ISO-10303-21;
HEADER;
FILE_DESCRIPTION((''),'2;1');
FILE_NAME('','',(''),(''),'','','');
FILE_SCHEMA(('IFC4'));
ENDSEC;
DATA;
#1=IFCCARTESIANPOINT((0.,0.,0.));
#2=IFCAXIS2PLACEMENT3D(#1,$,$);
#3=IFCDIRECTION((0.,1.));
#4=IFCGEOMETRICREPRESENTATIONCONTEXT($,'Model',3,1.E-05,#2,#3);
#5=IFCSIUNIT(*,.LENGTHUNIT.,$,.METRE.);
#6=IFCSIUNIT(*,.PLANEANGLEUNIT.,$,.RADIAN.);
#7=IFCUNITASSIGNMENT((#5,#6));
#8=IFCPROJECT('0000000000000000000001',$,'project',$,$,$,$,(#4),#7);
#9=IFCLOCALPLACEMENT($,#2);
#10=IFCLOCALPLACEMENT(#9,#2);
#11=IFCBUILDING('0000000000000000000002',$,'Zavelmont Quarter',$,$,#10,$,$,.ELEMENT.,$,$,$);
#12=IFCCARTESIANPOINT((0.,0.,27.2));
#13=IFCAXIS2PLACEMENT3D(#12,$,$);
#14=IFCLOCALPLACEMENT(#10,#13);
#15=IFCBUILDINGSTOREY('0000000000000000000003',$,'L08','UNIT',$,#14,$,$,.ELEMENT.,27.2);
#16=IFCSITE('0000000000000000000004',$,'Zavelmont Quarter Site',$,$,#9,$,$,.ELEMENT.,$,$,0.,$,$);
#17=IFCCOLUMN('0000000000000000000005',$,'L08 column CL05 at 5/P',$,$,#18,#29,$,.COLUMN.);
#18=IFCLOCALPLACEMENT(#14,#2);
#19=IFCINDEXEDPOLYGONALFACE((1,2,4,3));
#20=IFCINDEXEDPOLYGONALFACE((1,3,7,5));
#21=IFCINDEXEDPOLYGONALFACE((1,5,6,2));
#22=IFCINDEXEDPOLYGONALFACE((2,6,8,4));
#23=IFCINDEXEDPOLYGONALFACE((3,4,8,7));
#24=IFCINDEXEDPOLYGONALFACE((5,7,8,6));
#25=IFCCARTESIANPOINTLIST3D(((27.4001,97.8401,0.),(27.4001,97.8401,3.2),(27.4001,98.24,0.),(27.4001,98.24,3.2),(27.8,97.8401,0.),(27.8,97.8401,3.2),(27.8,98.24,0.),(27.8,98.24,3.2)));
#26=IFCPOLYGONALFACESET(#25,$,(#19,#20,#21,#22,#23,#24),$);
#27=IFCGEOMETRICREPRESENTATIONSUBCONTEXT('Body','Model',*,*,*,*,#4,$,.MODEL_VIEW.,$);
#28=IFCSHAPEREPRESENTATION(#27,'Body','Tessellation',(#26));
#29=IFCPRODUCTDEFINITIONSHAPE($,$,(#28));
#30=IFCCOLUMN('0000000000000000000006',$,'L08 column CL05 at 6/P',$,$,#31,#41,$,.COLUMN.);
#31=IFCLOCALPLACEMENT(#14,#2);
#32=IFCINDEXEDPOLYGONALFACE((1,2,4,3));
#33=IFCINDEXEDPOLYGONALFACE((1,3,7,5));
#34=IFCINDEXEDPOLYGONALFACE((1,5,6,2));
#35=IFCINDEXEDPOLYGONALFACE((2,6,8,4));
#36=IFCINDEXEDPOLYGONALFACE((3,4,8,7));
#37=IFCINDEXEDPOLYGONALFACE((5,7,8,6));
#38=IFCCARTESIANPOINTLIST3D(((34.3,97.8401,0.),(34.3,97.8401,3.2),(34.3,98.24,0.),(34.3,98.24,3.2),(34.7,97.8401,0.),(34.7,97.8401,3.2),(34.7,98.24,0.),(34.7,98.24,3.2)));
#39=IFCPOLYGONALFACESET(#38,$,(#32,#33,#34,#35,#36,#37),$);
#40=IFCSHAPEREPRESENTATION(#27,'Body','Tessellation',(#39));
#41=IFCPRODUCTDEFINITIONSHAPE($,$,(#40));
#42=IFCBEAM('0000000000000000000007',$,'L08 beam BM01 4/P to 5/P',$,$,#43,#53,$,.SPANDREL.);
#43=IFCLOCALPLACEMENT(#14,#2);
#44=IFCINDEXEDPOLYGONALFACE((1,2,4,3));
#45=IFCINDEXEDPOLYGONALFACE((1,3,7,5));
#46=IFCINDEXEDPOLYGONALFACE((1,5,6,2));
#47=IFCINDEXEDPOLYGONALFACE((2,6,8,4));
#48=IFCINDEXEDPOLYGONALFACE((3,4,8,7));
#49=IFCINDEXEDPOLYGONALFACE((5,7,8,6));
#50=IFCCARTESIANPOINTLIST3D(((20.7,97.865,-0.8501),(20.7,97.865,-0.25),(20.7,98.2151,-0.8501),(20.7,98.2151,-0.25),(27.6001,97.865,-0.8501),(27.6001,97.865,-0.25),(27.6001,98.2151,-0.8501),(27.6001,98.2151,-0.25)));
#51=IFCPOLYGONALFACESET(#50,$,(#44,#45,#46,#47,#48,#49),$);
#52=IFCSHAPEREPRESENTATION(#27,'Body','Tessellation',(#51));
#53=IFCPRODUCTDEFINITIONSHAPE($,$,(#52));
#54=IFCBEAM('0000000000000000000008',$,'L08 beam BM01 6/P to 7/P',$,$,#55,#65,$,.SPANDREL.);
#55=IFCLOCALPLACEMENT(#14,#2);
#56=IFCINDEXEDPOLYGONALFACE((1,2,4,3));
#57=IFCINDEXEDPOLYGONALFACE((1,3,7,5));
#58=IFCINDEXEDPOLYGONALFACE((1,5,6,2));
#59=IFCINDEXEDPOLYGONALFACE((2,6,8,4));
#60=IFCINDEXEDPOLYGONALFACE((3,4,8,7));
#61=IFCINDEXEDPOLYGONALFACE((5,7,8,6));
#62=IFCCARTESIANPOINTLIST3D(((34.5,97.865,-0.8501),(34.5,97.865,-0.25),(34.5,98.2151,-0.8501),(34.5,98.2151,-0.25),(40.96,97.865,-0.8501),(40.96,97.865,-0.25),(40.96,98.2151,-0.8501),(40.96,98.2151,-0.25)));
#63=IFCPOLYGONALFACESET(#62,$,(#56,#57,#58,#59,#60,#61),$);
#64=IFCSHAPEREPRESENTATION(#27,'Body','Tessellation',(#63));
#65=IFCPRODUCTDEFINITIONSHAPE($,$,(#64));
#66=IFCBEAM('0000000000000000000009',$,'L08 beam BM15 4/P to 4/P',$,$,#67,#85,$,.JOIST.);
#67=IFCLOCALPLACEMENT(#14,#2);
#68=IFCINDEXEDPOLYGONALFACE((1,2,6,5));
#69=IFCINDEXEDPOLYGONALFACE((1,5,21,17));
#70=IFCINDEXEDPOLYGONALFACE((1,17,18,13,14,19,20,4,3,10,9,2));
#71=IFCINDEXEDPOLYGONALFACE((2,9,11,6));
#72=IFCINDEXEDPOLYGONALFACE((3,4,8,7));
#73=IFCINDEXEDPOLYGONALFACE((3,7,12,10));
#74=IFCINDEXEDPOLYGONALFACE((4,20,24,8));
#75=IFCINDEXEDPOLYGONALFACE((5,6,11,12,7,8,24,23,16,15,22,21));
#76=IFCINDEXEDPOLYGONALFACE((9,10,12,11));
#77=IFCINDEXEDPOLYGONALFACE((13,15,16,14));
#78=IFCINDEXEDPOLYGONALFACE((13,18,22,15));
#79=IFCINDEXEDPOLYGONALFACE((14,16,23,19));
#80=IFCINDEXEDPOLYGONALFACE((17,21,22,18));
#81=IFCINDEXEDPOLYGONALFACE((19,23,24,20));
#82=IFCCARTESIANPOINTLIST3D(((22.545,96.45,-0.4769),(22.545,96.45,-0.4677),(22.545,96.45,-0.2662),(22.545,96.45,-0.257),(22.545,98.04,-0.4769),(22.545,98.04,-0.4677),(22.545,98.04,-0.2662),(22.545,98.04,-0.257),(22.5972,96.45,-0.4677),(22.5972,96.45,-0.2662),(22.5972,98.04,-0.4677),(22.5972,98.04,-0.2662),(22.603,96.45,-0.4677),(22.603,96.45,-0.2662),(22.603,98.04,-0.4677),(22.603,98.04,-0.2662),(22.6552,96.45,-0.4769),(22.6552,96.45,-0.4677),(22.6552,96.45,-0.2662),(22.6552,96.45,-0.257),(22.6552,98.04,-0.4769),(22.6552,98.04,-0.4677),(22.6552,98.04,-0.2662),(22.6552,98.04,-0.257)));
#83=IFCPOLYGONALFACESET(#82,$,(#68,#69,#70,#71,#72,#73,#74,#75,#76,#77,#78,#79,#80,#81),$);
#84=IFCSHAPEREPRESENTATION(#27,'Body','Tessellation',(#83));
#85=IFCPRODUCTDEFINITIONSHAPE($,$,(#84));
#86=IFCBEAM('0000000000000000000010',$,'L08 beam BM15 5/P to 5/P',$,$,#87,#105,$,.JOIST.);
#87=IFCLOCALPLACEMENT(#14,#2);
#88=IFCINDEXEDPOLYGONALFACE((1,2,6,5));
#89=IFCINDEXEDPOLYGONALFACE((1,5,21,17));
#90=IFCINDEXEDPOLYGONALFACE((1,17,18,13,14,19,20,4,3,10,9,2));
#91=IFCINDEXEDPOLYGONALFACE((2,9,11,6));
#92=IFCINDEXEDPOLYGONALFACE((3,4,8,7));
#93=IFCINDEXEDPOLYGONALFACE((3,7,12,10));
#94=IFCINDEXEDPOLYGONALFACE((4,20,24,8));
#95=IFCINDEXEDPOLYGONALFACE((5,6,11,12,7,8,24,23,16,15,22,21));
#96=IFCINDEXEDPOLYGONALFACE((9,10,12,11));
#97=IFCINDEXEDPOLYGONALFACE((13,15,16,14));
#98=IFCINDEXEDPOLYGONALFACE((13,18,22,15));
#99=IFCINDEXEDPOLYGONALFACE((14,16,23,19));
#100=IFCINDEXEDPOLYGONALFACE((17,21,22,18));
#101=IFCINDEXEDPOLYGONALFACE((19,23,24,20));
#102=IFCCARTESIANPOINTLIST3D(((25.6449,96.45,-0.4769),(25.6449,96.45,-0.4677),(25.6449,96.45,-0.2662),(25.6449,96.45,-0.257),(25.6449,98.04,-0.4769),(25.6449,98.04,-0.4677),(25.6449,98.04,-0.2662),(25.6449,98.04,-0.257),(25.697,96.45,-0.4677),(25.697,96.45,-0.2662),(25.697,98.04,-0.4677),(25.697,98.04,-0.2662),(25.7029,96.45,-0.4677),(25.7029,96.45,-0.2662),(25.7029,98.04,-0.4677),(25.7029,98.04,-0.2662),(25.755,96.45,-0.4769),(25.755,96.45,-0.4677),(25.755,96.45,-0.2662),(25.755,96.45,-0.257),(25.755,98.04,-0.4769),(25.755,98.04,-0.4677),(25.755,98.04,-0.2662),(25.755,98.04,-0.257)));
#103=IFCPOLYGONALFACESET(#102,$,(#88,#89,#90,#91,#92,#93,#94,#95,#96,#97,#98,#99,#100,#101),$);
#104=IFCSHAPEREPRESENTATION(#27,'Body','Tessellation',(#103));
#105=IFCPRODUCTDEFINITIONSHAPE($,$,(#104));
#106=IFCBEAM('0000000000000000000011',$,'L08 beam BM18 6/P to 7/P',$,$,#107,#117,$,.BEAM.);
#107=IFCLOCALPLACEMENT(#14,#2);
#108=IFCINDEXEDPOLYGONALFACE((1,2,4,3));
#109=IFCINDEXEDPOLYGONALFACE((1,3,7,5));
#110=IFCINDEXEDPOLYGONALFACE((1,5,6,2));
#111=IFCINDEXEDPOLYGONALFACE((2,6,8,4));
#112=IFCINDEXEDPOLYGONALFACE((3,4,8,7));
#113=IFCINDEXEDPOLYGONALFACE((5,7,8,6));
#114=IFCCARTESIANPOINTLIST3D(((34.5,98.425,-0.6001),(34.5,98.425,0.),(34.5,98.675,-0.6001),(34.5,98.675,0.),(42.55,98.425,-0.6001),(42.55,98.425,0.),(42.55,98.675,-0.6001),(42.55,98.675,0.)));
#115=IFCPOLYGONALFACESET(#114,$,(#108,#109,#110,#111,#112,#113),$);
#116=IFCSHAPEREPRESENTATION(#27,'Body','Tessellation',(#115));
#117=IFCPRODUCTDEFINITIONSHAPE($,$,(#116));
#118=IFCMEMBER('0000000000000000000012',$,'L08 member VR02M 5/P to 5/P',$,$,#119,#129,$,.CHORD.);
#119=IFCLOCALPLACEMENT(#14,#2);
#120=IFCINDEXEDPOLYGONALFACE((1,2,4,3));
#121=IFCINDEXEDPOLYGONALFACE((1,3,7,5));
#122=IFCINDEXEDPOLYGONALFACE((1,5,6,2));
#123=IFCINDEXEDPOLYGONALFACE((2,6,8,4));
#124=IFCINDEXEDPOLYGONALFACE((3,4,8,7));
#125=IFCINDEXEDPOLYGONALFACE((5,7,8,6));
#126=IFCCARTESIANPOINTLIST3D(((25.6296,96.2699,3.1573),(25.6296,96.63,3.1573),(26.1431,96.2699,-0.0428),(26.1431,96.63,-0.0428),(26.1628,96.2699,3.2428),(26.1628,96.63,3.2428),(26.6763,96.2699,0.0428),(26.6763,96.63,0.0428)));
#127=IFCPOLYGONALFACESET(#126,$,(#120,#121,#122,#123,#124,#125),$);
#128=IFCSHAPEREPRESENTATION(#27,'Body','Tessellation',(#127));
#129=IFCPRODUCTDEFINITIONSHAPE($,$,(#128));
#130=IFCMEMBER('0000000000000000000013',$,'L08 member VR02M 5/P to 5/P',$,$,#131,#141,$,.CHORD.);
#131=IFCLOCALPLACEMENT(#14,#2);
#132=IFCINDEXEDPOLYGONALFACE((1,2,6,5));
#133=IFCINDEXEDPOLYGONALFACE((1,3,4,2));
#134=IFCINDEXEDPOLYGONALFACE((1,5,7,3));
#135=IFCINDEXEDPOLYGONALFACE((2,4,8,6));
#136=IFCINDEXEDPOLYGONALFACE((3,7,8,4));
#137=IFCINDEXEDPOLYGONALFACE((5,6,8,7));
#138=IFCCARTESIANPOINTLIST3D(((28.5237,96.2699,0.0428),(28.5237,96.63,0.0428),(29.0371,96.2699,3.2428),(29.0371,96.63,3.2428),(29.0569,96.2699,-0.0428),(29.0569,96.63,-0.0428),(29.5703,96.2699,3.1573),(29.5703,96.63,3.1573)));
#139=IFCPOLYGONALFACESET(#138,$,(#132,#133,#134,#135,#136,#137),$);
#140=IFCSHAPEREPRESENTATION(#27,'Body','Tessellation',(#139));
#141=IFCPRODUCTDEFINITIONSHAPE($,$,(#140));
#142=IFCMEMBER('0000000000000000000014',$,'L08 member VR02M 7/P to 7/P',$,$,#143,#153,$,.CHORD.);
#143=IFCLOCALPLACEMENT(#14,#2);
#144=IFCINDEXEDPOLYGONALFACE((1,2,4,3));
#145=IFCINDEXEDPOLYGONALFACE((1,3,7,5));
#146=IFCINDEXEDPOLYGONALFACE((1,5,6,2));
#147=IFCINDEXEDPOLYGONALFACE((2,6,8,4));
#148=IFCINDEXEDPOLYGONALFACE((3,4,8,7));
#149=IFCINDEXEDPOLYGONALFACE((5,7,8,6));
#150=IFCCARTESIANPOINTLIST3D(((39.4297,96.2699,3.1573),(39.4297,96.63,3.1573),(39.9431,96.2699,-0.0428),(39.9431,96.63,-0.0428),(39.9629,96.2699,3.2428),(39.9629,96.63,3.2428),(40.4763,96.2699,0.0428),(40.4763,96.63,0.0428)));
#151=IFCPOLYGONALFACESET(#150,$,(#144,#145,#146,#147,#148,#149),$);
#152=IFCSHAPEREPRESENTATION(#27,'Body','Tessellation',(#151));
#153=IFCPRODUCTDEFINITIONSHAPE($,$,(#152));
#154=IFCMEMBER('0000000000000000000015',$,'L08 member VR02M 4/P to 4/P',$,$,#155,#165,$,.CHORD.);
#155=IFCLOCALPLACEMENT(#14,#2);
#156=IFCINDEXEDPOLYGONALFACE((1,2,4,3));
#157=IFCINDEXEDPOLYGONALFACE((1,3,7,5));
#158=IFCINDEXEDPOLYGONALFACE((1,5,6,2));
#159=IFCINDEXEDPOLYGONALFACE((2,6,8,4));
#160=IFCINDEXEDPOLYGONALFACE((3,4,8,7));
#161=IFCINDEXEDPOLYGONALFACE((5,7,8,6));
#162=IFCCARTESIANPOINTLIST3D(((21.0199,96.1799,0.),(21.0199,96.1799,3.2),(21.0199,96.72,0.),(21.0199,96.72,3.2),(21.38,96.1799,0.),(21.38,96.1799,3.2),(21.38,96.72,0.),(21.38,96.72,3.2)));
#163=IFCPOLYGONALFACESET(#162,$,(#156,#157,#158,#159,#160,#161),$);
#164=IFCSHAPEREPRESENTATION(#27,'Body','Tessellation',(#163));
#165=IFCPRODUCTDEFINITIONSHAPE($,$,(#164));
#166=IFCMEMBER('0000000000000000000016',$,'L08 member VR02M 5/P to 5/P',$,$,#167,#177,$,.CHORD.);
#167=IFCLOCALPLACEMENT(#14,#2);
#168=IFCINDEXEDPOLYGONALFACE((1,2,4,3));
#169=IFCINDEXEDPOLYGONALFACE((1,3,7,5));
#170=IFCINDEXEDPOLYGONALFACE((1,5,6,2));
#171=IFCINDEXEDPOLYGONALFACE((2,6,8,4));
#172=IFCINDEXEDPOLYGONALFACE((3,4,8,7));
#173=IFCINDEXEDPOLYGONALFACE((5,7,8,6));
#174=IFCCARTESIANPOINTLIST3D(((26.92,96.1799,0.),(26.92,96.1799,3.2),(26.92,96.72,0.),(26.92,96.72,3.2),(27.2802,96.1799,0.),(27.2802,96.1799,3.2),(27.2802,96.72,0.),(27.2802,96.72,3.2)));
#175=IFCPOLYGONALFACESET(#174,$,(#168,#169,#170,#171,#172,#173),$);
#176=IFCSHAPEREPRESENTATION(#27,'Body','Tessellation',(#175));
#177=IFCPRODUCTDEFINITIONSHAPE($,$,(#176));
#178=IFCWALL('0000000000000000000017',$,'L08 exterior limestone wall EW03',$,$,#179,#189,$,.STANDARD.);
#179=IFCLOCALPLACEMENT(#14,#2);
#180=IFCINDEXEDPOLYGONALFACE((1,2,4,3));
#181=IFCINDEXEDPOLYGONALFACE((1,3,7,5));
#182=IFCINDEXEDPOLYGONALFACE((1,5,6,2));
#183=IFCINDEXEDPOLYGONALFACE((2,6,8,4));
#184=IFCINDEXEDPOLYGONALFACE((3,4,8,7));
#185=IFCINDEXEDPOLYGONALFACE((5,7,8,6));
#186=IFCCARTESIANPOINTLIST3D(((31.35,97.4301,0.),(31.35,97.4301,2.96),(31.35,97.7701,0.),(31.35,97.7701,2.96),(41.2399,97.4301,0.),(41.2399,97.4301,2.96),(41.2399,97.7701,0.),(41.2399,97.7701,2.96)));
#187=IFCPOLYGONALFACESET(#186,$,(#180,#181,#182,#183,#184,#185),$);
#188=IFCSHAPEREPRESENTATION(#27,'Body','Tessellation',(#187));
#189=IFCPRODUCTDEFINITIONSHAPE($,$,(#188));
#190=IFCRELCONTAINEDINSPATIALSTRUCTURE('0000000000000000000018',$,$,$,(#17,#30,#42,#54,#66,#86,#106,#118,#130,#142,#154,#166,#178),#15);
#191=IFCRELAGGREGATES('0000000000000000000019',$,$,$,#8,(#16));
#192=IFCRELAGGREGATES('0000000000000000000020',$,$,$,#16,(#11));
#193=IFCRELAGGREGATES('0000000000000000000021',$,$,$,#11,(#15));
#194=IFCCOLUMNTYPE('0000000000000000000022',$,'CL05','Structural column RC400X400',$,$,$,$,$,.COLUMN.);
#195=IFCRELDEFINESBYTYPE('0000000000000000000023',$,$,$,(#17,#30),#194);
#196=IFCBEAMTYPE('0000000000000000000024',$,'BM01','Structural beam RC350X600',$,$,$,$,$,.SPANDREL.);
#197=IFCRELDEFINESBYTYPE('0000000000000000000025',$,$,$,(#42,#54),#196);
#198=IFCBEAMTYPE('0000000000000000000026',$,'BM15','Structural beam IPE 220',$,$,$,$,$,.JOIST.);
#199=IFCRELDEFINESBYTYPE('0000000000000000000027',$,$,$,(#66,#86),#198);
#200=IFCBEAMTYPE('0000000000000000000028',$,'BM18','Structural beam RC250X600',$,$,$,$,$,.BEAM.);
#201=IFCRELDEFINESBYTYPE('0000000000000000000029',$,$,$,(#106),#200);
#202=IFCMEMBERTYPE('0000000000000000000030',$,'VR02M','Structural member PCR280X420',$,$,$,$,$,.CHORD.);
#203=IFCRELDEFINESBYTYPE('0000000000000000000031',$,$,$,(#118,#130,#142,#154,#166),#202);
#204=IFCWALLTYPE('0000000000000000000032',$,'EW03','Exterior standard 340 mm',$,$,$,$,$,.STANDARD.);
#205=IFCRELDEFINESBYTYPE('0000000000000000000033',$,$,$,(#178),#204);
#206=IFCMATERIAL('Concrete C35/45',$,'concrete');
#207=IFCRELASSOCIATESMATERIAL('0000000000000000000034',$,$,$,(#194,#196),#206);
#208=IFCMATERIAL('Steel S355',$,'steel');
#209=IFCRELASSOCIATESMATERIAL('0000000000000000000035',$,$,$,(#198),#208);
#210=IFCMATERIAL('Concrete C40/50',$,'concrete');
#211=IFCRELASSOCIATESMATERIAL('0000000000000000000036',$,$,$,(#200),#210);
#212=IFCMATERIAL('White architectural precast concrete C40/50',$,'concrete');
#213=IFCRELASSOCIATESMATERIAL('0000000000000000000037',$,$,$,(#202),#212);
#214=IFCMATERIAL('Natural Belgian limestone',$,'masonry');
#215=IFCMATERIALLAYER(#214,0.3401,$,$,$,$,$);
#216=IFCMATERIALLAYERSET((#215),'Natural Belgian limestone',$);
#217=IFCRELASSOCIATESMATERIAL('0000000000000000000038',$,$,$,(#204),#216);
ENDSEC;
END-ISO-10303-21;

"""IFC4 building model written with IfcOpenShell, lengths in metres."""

from ifc_helpers import new_model, si_unit, direction, frame, frame_2d, origin, origin_2d, place, context, subcontext, project, spatial, rectangle, i_section, extrude, material, layer, layer_set, material_profile, profile_set, type_object, element, save


model = new_model("IFC4")

# Units and contexts
model_context = context("Model", 3, precision=1e-05, world=origin(), true_north=direction((0.0, 1.0)))
body_context = subcontext(model_context, "Body", "Model", "MODEL_VIEW")
ifc_project = project(units=[si_unit("LENGTHUNIT", "METRE"), si_unit("PLANEANGLEUNIT", "RADIAN")], contexts=[model_context])

# Site, building, storey
site_placement = place(None, origin())
site = spatial("IfcSite", under=ifc_project, at=site_placement, Name="Zavelmont Quarter Site", CompositionType="ELEMENT", RefElevation=0.0)
building_placement = place(site_placement, origin())
building = spatial("IfcBuilding", under=site, at=building_placement, Name="Zavelmont Quarter", CompositionType="ELEMENT")
storey_placement = place(building_placement, frame((0.0, 0.0, 27.2)))
storey = spatial("IfcBuildingStorey", under=building, at=storey_placement, Name="L08", Description="UNIT", CompositionType="ELEMENT", Elevation=27.2)

# Columns
ifc_material_1 = material(Name="Concrete C35/45", Category="concrete")
ifc_material_profile_1 = material_profile(ifc_material_1, rectangle(XDim=0.3999, YDim=0.3999, at=origin_2d()), Name="RC400X400")
ifc_profile_set_1 = profile_set([ifc_material_profile_1], Name="Concrete C35/45")
column_type = type_object("IfcColumnType", Name="CL05", Description="Structural column RC400X400", PredefinedType="COLUMN", material=ifc_profile_set_1)
for number, where, z_axis, x_axis, name in (
    (1, (27.6001, 98.04, 0.0), (0.0, 0.0, 1.0), (1.0, 0.0, 0.0), "L08 column CL05 at 5/P"),
    (2, (34.5, 98.04, 0.0), (0.0, 0.0, 1.0), (1.0, 0.0, 0.0), "L08 column CL05 at 6/P"),
):
    element("IfcColumn", number, at=place(storey_placement, frame(where, z_axis=z_axis, x_axis=x_axis)), inside=storey, type_object=column_type, Name=name, PredefinedType="COLUMN", context=body_context, shape_type="SweptSolid", body=[
        extrude(rectangle(XDim=0.3999, YDim=0.3999, at=origin_2d()), origin(), (0.0, 0.0, 1.0), 3.2),
    ])

# Beams
ifc_material_profile_2 = material_profile(ifc_material_1, rectangle(XDim=0.3501, YDim=0.6001, at=origin_2d()), Name="RC350X600")
ifc_profile_set_2 = profile_set([ifc_material_profile_2], Name="Concrete C35/45")
beam_type_1 = type_object("IfcBeamType", Name="BM01", Description="Structural beam RC350X600", PredefinedType="SPANDREL", material=ifc_profile_set_2)
beam_1_placement = place(storey_placement, frame((20.7, 98.04, -0.55), z_axis=(1.0, 0.0, 0.0), x_axis=(0.0, 1.0, 0.0)))
element("IfcBeam", 3, at=beam_1_placement, inside=storey, type_object=beam_type_1, Name="L08 beam BM01 4/P to 5/P", PredefinedType="SPANDREL", context=body_context, shape_type="SweptSolid", body=[
    extrude(rectangle(XDim=0.3501, YDim=0.6001, at=origin_2d()), origin(), (0.0, 0.0, 1.0), 6.9001),
])
beam_2_placement = place(storey_placement, frame((34.5, 98.04, -0.55), z_axis=(1.0, 0.0, 0.0), x_axis=(0.0, 1.0, 0.0)))
element("IfcBeam", 4, at=beam_2_placement, inside=storey, type_object=beam_type_1, Name="L08 beam BM01 6/P to 7/P", PredefinedType="SPANDREL", context=body_context, shape_type="SweptSolid", body=[
    extrude(rectangle(XDim=0.3501, YDim=0.6001, at=origin_2d()), origin(), (0.0, 0.0, 1.0), 6.46),
])
ifc_material_2 = material(Name="Steel S355", Category="steel")
ifc_material_profile_3 = material_profile(ifc_material_2, i_section(OverallWidth=0.1101, OverallDepth=0.22, WebThickness=0.0059, FlangeThickness=0.0093, at=origin_2d()), Name="IPE 220")
ifc_profile_set_3 = profile_set([ifc_material_profile_3], Name="Steel S355")
beam_type_2 = type_object("IfcBeamType", Name="BM15", Description="Structural beam IPE 220", PredefinedType="JOIST", material=ifc_profile_set_3)
for number, where, z_axis, x_axis, name in (
    (5, (22.6001, 98.04, -0.3669), (0.0, -1.0, 0.0), (1.0, 0.0, 0.0), "L08 beam BM15 4/P to 4/P"),
    (6, (25.7, 98.04, -0.3669), (0.0, -1.0, 0.0), (1.0, 0.0, 0.0), "L08 beam BM15 5/P to 5/P"),
):
    element("IfcBeam", number, at=place(storey_placement, frame(where, z_axis=z_axis, x_axis=x_axis)), inside=storey, type_object=beam_type_2, Name=name, PredefinedType="JOIST", context=body_context, shape_type="SweptSolid", body=[
        extrude(i_section(OverallWidth=0.1101, OverallDepth=0.22, WebThickness=0.0059, FlangeThickness=0.0093, at=origin_2d()), origin(), (0.0, 0.0, 1.0), 1.5901),
    ])
ifc_material_3 = material(Name="Concrete C40/50", Category="concrete")
ifc_material_profile_4 = material_profile(ifc_material_3, rectangle(XDim=0.25, YDim=0.6001, at=origin_2d()), Name="RC250X600")
ifc_profile_set_4 = profile_set([ifc_material_profile_4], Name="Concrete C40/50")
beam_type_3 = type_object("IfcBeamType", Name="BM18", Description="Structural beam RC250X600", PredefinedType="BEAM", material=ifc_profile_set_4)
beam_3_placement = place(storey_placement, frame((34.5, 98.55, -0.3), z_axis=(1.0, 0.0, 0.0), x_axis=(0.0, 1.0, 0.0)))
element("IfcBeam", 7, at=beam_3_placement, inside=storey, type_object=beam_type_3, Name="L08 beam BM18 6/P to 7/P", PredefinedType="BEAM", context=body_context, shape_type="SweptSolid", body=[
    extrude(rectangle(XDim=0.25, YDim=0.6001, at=origin_2d()), origin(), (0.0, 0.0, 1.0), 8.05),
])

# Members
ifc_material_4 = material(Name="White architectural precast concrete C40/50", Category="concrete")
ifc_material_profile_5 = material_profile(ifc_material_4, rectangle(XDim=0.3601, YDim=0.54, at=origin_2d()), Name="PCR280X420")
ifc_profile_set_5 = profile_set([ifc_material_profile_5], Name="White architectural precast concrete C40/50")
member_type = type_object("IfcMemberType", Name="VR02M", Description="Structural member PCR280X420", PredefinedType="CHORD", material=ifc_profile_set_5)
for number, where, z_axis, x_axis, name in (
    (8, (26.4097, 96.45, 0.0), (-0.158422, 0.0, 0.987371), (0.0, -1.0, 0.0), "L08 member VR02M 5/P to 5/P"),
    (9, (28.7903, 96.45, 0.0), (0.158422, 0.0, 0.987371), (0.0, 1.0, 0.0), "L08 member VR02M 5/P to 5/P"),
    (10, (40.2097, 96.45, 0.0), (-0.158422, 0.0, 0.987371), (0.0, -1.0, 0.0), "L08 member VR02M 7/P to 7/P"),
):
    element("IfcMember", number, at=place(storey_placement, frame(where, z_axis=z_axis, x_axis=x_axis)), inside=storey, type_object=member_type, Name=name, PredefinedType="CHORD", context=body_context, shape_type="SweptSolid", body=[
        extrude(rectangle(XDim=0.3601, YDim=0.54, at=origin_2d()), origin(), (0.0, 0.0, 1.0), 3.241),
    ])
for number, where, z_axis, x_axis, name in (
    (11, (21.2, 96.45, 0.0), (0.0, 0.0, 1.0), (1.0, 0.0, 0.0), "L08 member VR02M 4/P to 4/P"),
    (12, (27.1001, 96.45, 0.0), (0.0, 0.0, 1.0), (1.0, 0.0, 0.0), "L08 member VR02M 5/P to 5/P"),
):
    element("IfcMember", number, at=place(storey_placement, frame(where, z_axis=z_axis, x_axis=x_axis)), inside=storey, type_object=member_type, Name=name, PredefinedType="CHORD", context=body_context, shape_type="SweptSolid", body=[
        extrude(rectangle(XDim=0.3601, YDim=0.54, at=origin_2d()), origin(), (0.0, 0.0, 1.0), 3.2),
    ])

# Wall
ifc_material_5 = material(Name="Natural Belgian limestone", Category="masonry")
ifc_layer_1 = layer(ifc_material_5, 0.3401)
ifc_layer_set_1 = layer_set([ifc_layer_1], Name="Natural Belgian limestone")
wall_type_1 = type_object("IfcWallType", Name="EW03", Description="Exterior standard 340 mm", PredefinedType="STANDARD", material=ifc_layer_set_1)
wall_1_placement = place(storey_placement, frame((31.3501, 97.6001, 0.0), z_axis=(0.0, 0.0, 1.0), x_axis=(1.0, 0.0, 0.0)))
element("IfcWall", 13, at=wall_1_placement, inside=storey, type_object=wall_type_1, Name="L08 exterior limestone wall EW03", PredefinedType="STANDARD", context=body_context, shape_type="SweptSolid", body=[
    extrude(rectangle(XDim=9.8899, YDim=0.3401, at=frame_2d((4.9448, 0.0))), origin(), (0.0, 0.0, 1.0), 2.96),
])

save(model, "model.ifc")
